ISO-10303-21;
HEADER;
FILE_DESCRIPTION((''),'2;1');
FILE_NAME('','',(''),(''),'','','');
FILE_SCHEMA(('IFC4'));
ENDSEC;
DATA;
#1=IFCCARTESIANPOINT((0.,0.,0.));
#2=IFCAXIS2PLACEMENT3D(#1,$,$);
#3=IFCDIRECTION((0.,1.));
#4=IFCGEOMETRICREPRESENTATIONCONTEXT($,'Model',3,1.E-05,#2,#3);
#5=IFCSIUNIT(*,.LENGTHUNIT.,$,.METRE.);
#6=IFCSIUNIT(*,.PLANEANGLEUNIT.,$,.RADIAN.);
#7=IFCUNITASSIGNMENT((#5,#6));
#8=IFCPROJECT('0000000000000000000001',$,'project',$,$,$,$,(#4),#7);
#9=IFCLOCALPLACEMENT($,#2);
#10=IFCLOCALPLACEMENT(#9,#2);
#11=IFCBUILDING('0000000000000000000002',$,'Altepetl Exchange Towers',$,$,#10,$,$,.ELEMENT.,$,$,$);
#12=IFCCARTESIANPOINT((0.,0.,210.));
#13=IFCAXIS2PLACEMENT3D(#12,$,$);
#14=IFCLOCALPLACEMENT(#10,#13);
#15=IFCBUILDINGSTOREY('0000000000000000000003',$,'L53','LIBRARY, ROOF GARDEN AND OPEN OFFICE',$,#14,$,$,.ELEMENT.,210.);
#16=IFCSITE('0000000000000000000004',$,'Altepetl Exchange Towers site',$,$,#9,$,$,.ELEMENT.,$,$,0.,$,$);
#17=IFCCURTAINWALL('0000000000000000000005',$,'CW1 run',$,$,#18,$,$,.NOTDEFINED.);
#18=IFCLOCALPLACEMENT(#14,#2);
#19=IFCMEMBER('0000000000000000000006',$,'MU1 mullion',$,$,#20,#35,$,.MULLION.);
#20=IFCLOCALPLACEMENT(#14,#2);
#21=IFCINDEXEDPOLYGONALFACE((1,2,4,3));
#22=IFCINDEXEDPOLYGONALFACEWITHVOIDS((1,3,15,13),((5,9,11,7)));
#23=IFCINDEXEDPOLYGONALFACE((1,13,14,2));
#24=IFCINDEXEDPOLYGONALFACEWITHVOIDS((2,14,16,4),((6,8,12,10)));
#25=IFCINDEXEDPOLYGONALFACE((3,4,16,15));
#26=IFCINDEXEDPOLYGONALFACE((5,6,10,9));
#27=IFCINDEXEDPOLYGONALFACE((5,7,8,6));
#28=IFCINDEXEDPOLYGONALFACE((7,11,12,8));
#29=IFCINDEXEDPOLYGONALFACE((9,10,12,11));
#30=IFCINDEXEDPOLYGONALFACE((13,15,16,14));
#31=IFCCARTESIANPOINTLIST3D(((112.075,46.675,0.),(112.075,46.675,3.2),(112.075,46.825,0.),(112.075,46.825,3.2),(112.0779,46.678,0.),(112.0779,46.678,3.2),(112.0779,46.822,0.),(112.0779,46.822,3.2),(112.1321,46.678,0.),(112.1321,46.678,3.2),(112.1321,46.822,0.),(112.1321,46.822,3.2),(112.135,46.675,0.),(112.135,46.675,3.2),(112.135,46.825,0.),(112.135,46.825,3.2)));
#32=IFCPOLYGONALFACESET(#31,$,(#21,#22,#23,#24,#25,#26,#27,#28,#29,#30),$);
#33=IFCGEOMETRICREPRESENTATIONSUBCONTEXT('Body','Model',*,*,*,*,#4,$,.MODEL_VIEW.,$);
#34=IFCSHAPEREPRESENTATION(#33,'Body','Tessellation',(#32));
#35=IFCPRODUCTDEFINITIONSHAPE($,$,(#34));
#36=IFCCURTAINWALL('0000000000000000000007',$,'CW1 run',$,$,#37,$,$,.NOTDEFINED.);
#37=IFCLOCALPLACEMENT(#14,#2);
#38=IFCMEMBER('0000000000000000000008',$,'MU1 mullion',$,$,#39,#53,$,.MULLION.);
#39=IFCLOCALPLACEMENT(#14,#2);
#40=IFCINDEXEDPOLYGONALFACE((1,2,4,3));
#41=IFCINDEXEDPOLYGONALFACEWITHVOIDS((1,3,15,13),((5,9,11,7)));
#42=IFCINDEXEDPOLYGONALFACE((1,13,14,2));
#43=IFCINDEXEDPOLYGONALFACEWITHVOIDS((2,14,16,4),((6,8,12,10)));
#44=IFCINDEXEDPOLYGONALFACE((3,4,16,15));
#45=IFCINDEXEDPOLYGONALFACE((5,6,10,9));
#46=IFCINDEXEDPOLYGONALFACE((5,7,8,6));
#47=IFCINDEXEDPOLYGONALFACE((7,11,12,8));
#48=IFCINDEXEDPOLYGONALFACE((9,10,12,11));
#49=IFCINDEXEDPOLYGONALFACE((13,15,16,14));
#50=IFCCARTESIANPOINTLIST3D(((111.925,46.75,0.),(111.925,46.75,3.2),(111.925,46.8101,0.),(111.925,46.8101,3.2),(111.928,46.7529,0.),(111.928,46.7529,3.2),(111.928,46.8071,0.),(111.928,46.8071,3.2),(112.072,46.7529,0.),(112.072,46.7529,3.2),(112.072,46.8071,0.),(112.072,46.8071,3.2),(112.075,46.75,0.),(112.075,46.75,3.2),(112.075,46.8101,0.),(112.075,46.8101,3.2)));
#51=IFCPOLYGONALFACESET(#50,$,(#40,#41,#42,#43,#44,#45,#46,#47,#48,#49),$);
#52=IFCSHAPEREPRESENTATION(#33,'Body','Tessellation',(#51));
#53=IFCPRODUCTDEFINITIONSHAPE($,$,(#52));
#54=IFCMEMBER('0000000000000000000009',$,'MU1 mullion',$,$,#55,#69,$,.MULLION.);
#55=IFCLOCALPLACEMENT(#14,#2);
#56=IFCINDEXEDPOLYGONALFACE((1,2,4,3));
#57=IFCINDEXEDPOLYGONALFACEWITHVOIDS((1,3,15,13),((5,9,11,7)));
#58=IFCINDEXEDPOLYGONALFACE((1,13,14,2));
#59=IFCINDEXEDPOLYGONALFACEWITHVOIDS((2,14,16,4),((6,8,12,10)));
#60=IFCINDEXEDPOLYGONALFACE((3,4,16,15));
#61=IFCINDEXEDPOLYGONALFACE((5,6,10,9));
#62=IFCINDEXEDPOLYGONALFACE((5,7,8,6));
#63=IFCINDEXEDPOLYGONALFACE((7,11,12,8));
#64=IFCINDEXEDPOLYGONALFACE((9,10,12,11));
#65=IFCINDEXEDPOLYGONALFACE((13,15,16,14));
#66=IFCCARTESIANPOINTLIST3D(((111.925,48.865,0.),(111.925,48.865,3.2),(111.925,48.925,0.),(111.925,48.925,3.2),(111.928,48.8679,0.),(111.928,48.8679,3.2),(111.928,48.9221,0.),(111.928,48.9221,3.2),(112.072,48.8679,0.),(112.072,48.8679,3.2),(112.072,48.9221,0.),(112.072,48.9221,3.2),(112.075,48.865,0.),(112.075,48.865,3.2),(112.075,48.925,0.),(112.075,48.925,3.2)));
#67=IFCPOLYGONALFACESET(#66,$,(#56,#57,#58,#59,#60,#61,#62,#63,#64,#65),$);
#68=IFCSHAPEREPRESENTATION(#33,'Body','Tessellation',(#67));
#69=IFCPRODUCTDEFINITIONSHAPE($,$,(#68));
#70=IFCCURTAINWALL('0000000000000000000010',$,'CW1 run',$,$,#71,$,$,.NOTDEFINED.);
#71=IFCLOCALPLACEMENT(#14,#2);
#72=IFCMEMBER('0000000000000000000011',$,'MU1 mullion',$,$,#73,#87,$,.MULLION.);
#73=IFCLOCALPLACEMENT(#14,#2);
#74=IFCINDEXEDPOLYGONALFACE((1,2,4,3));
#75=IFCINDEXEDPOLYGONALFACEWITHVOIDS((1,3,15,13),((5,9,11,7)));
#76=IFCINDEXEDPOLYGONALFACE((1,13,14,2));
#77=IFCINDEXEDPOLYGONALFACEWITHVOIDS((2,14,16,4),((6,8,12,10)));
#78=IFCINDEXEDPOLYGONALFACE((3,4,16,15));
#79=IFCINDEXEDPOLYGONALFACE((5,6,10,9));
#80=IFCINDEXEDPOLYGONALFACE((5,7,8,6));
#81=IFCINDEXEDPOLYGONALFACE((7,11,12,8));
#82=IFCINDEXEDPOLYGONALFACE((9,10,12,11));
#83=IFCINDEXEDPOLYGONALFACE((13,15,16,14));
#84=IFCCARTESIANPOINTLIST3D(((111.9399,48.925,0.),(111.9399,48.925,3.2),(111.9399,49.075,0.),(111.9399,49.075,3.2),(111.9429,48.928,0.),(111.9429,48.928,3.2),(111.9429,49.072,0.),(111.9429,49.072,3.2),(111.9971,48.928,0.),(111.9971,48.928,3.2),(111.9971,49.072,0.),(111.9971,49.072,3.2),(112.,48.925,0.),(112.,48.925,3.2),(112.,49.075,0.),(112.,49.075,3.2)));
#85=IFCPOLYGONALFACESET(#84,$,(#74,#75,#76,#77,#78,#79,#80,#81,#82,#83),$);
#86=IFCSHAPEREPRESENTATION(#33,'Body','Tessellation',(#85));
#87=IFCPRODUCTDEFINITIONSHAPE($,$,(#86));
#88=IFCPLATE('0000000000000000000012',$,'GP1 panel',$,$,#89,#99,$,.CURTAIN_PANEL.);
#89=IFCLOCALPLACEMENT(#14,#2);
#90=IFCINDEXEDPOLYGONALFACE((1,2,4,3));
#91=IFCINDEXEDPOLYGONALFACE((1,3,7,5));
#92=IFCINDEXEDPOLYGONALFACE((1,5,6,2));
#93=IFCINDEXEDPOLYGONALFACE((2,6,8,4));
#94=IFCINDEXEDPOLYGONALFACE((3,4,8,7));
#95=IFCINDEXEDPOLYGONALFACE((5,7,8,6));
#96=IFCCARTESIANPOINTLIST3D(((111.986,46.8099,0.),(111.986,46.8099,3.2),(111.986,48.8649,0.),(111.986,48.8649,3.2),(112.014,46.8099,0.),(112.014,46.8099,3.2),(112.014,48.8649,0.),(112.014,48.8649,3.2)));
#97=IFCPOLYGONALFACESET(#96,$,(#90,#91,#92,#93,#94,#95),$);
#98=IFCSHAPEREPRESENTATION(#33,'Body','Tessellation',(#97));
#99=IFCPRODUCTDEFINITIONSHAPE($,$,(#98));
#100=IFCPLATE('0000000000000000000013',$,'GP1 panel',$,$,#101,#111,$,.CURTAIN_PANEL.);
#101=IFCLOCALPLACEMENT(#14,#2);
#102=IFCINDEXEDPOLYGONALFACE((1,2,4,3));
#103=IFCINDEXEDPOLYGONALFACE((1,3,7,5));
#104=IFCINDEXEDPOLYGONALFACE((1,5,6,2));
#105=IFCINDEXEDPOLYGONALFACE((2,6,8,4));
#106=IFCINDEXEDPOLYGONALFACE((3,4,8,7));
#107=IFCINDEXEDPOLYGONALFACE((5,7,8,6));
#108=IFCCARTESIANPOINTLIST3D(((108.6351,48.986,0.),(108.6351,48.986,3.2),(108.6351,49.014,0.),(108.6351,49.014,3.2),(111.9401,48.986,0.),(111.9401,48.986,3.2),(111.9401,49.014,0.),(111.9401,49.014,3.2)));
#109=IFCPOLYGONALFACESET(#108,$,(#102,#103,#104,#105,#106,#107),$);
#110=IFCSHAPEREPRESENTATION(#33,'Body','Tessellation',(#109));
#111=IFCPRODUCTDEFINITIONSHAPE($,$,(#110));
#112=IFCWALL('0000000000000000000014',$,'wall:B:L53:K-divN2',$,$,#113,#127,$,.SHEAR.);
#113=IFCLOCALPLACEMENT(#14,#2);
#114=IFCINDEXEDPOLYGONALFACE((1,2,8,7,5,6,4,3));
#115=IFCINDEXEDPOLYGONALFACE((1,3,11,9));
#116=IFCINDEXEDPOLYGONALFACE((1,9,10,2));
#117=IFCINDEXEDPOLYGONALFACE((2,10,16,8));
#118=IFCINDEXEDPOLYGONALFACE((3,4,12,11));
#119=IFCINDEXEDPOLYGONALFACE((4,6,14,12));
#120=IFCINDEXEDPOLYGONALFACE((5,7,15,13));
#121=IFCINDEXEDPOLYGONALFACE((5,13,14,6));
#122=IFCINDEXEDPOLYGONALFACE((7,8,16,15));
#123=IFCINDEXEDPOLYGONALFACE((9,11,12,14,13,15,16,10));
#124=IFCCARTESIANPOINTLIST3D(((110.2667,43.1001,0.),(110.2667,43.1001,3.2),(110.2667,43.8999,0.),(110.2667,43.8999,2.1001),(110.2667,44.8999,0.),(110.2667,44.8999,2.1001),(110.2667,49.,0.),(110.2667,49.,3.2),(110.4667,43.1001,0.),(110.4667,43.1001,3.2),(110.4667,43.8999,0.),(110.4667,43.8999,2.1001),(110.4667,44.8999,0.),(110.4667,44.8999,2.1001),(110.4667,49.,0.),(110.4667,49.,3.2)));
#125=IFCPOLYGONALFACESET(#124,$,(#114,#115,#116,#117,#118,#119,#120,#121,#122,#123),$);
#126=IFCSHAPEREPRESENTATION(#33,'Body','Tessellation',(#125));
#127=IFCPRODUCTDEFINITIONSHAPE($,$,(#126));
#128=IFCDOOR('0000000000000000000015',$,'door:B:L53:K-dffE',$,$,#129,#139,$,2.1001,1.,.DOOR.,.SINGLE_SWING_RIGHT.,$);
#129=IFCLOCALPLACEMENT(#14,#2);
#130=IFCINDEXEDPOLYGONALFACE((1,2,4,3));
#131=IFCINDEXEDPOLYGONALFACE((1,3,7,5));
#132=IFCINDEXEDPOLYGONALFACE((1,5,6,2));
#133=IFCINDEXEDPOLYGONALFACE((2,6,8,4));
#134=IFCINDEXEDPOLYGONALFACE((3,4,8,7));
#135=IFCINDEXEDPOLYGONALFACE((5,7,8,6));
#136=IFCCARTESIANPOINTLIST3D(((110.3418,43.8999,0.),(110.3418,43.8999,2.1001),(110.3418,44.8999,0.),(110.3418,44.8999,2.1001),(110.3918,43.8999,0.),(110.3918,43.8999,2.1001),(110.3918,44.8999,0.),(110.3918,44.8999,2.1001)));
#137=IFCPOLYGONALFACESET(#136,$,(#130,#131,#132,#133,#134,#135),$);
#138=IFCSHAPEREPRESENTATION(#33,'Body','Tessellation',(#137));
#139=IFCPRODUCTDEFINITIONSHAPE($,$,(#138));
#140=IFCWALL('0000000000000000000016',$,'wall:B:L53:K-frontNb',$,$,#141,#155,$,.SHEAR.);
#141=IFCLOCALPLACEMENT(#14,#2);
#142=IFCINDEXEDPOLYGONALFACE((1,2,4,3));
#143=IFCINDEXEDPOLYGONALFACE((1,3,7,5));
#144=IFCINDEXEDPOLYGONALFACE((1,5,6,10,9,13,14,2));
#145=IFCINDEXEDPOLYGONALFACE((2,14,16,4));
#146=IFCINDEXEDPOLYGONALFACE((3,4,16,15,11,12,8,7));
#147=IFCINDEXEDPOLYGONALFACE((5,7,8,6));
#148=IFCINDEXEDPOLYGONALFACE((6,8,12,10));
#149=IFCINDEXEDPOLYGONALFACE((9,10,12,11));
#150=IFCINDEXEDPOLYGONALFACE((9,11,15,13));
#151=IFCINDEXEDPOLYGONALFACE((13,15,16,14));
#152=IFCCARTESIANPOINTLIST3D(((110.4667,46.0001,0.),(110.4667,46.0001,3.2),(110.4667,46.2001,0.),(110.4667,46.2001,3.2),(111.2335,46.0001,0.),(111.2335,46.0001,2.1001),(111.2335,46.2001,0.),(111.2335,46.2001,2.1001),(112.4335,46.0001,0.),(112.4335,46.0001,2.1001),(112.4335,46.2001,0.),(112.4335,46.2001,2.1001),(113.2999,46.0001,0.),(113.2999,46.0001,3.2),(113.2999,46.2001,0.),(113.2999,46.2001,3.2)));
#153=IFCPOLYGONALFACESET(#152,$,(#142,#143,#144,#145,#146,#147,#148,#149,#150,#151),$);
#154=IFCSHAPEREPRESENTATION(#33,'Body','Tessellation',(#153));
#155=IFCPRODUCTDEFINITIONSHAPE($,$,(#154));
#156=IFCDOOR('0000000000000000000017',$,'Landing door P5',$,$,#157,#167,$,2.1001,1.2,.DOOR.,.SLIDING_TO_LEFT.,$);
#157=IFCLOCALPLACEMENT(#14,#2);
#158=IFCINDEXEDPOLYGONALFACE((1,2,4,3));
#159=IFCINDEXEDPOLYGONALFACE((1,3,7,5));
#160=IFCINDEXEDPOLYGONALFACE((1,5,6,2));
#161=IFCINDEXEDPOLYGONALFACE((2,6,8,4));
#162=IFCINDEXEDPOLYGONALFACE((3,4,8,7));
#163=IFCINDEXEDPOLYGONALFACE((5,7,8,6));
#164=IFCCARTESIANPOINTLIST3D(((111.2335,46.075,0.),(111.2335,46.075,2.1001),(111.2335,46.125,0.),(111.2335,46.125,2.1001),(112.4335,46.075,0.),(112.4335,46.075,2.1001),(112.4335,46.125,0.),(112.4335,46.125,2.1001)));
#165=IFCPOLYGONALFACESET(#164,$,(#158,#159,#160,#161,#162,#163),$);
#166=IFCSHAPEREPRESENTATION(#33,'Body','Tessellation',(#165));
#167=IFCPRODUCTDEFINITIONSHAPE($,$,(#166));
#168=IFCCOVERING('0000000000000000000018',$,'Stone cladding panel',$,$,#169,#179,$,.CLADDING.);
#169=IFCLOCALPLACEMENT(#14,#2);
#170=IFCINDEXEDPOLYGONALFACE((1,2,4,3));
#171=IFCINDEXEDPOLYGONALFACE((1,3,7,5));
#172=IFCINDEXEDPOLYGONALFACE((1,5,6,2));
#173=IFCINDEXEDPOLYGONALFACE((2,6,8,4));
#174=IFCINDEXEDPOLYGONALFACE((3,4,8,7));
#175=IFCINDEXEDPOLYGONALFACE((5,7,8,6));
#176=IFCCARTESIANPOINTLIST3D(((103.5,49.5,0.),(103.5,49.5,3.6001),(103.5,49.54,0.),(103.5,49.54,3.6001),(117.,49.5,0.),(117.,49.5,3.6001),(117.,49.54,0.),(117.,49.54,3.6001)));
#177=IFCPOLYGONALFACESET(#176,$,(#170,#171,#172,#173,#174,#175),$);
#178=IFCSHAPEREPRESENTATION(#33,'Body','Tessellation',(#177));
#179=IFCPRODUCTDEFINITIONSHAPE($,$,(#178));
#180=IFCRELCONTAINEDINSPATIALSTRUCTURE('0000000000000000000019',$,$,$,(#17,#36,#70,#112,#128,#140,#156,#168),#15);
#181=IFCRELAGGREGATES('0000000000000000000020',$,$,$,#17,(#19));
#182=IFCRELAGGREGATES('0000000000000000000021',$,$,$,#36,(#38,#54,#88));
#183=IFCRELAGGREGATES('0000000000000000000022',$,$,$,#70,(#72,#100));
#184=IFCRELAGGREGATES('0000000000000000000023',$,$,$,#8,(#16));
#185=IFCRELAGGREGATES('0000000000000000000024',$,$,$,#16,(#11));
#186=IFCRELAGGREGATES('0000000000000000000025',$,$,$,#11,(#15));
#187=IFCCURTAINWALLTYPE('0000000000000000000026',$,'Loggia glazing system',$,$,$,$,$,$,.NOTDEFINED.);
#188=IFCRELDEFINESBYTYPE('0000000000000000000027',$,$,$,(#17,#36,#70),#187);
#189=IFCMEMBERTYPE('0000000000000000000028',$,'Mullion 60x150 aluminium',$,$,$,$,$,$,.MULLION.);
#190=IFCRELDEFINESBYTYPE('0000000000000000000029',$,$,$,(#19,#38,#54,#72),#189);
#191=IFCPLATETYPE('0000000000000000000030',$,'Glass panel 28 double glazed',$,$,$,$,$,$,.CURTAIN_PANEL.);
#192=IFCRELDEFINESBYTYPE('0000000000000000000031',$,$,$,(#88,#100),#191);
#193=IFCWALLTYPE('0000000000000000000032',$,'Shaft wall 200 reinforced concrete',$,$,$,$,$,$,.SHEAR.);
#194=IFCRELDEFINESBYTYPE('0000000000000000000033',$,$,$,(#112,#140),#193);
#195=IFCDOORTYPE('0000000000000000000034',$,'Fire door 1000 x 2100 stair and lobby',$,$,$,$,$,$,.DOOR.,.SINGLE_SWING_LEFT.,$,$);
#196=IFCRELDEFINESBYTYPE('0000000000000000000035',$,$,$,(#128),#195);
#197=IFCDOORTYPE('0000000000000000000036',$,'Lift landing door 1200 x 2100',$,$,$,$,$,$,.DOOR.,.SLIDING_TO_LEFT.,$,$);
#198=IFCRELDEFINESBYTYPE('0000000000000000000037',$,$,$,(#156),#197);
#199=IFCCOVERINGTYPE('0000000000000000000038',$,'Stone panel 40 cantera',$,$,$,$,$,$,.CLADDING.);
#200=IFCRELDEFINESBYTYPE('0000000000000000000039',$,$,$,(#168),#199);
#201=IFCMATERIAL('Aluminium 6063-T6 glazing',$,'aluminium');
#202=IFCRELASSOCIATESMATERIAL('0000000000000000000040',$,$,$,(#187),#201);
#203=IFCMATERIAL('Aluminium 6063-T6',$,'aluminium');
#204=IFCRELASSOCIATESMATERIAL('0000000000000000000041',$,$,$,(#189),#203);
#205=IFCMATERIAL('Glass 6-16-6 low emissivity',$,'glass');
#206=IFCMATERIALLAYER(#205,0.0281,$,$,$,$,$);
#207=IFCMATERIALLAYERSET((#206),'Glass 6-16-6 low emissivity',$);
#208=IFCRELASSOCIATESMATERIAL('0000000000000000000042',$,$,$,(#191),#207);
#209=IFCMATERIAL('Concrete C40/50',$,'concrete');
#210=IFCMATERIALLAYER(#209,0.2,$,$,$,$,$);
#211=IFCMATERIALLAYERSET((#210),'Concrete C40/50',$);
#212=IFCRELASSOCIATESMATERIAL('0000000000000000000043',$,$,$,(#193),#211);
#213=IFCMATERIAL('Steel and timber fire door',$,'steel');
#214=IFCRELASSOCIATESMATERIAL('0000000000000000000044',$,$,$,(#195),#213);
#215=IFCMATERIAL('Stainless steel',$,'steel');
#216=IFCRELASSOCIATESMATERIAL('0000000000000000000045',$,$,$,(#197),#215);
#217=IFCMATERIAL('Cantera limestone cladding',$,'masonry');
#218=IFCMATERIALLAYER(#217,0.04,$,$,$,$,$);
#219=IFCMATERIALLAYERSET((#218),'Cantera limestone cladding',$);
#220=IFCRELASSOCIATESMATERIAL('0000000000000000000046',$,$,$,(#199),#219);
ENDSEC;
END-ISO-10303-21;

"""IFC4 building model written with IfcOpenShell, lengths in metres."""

from ifc_helpers import new_model, si_unit, direction, frame, frame_2d, origin, origin_2d, place, context, subcontext, project, spatial, rectangle, hollow_rectangle, extrude, material, layer, layer_set, material_profile, profile_set, type_object, element, fill, aggregate, save


model = new_model("IFC4")

# Units and contexts
model_context = context("Model", 3, precision=1e-05, world=origin(), true_north=direction((0.0, 1.0)))
body_context = subcontext(model_context, "Body", "Model", "MODEL_VIEW")
ifc_project = project(units=[si_unit("LENGTHUNIT", "METRE"), si_unit("PLANEANGLEUNIT", "RADIAN")], contexts=[model_context])

# Site, building, storey
site_placement = place(None, origin())
site = spatial("IfcSite", under=ifc_project, at=site_placement, Name="Altepetl Exchange Towers site", CompositionType="ELEMENT", RefElevation=0.0)
building_placement = place(site_placement, origin())
building = spatial("IfcBuilding", under=site, at=building_placement, Name="Altepetl Exchange Towers", CompositionType="ELEMENT")
storey_placement = place(building_placement, frame((0.0, 0.0, 210.0)))
storey = spatial("IfcBuildingStorey", under=building, at=storey_placement, Name="L53", Description="LIBRARY, ROOF GARDEN AND OPEN OFFICE", CompositionType="ELEMENT", Elevation=210.0)

# Curtain wall, member
ifc_material_1 = material(Name="Aluminium 6063-T6 glazing", Category="aluminium")
curtain_wall_type = type_object("IfcCurtainWallType", Name="Loggia glazing system", PredefinedType="NOTDEFINED", material=ifc_material_1)
curtain_wall_1_placement = place(storey_placement, origin())
curtain_wall_1 = element("IfcCurtainWall", 1, at=curtain_wall_1_placement, inside=storey, type_object=curtain_wall_type, Name="CW1 run", PredefinedType="NOTDEFINED")
ifc_material_2 = material(Name="Aluminium 6063-T6", Category="aluminium")
ifc_material_profile_1 = material_profile(ifc_material_2, hollow_rectangle(XDim=0.0601, YDim=0.1499, WallThickness=0.0029, at=origin_2d()), Name="Mullion 60x150 aluminium")
ifc_profile_set_1 = profile_set([ifc_material_profile_1], Name="Aluminium 6063-T6")
member_type_1 = type_object("IfcMemberType", Name="Mullion 60x150 aluminium", PredefinedType="MULLION", material=ifc_profile_set_1)
member_1_placement = place(storey_placement, frame((112.105, 46.75, 0.0), z_axis=(0.0, 0.0, 1.0), x_axis=(-1.0, 0.0, 0.0)))
member_1 = element("IfcMember", 2, at=member_1_placement, type_object=member_type_1, Name="MU1 mullion", PredefinedType="MULLION", context=body_context, shape_type="SweptSolid", body=[
    extrude(hollow_rectangle(XDim=0.0601, YDim=0.1499, WallThickness=0.0029, at=origin_2d()), origin(), (0.0, 0.0, 1.0), 3.2),
])
aggregate(curtain_wall_1, [member_1])

# Curtain wall, members
curtain_wall_2_placement = place(storey_placement, origin())
curtain_wall_2 = element("IfcCurtainWall", 3, at=curtain_wall_2_placement, inside=storey, type_object=curtain_wall_type, Name="CW1 run", PredefinedType="NOTDEFINED")
member_2_placement = place(storey_placement, frame((112.0, 46.78, 0.0), z_axis=(0.0, 0.0, 1.0), x_axis=(0.0, 1.0, 0.0)))
member_2 = element("IfcMember", 4, at=member_2_placement, type_object=member_type_1, Name="MU1 mullion", PredefinedType="MULLION", context=body_context, shape_type="SweptSolid", body=[
    extrude(hollow_rectangle(XDim=0.0601, YDim=0.1499, WallThickness=0.0029, at=origin_2d()), origin(), (0.0, 0.0, 1.0), 3.2),
])
member_3_placement = place(storey_placement, frame((112.0, 48.895, 0.0), z_axis=(0.0, 0.0, 1.0), x_axis=(0.0, 1.0, 0.0)))
member_3 = element("IfcMember", 5, at=member_3_placement, type_object=member_type_1, Name="MU1 mullion", PredefinedType="MULLION", context=body_context, shape_type="SweptSolid", body=[
    extrude(hollow_rectangle(XDim=0.0601, YDim=0.1499, WallThickness=0.0029, at=origin_2d()), origin(), (0.0, 0.0, 1.0), 3.2),
])

# Curtain wall, member
curtain_wall_3_placement = place(storey_placement, origin())
curtain_wall_3 = element("IfcCurtainWall", 6, at=curtain_wall_3_placement, inside=storey, type_object=curtain_wall_type, Name="CW1 run", PredefinedType="NOTDEFINED")
member_4_placement = place(storey_placement, frame((111.97, 49.0, 0.0), z_axis=(0.0, 0.0, 1.0), x_axis=(-1.0, 0.0, 0.0)))
member_4 = element("IfcMember", 7, at=member_4_placement, type_object=member_type_1, Name="MU1 mullion", PredefinedType="MULLION", context=body_context, shape_type="SweptSolid", body=[
    extrude(hollow_rectangle(XDim=0.0601, YDim=0.1499, WallThickness=0.0029, at=origin_2d()), origin(), (0.0, 0.0, 1.0), 3.2),
])

# Plates
ifc_material_3 = material(Name="Glass 6-16-6 low emissivity", Category="glass")
ifc_layer_1 = layer(ifc_material_3, 0.0281)
ifc_layer_set_1 = layer_set([ifc_layer_1], Name="Glass 6-16-6 low emissivity")
plate_type = type_object("IfcPlateType", Name="Glass panel 28 double glazed", PredefinedType="CURTAIN_PANEL", material=ifc_layer_set_1)
plate_1_placement = place(storey_placement, frame((112.0, 47.8374, 0.0), z_axis=(0.0, 0.0, 1.0), x_axis=(0.0, 1.0, 0.0)))
plate_1 = element("IfcPlate", 8, at=plate_1_placement, type_object=plate_type, Name="GP1 panel", PredefinedType="CURTAIN_PANEL", context=body_context, shape_type="SweptSolid", body=[
    extrude(rectangle(XDim=2.0549, YDim=0.0281, at=origin_2d()), origin(), (0.0, 0.0, 1.0), 3.2),
])
aggregate(curtain_wall_2, [member_2, member_3, plate_1])
plate_2_placement = place(storey_placement, frame((110.2876, 49.0, 0.0), z_axis=(0.0, 0.0, 1.0), x_axis=(-1.0, 0.0, 0.0)))
plate_2 = element("IfcPlate", 9, at=plate_2_placement, type_object=plate_type, Name="GP1 panel", PredefinedType="CURTAIN_PANEL", context=body_context, shape_type="SweptSolid", body=[
    extrude(rectangle(XDim=3.3049, YDim=0.0281, at=origin_2d()), origin(), (0.0, 0.0, 1.0), 3.2),
])
aggregate(curtain_wall_3, [member_4, plate_2])

# Walls, openings, doors
ifc_material_4 = material(Name="Concrete C40/50", Category="concrete")
ifc_layer_2 = layer(ifc_material_4, 0.2)
ifc_layer_set_2 = layer_set([ifc_layer_2], Name="Concrete C40/50")
wall_type = type_object("IfcWallType", Name="Shaft wall 200 reinforced concrete", PredefinedType="SHEAR", material=ifc_layer_set_2)
wall_1_placement = place(storey_placement, frame((110.3667, 49.0, 0.0), z_axis=(0.0, 0.0, 1.0), x_axis=(0.0, -1.0, 0.0)))
wall_1 = element("IfcWall", 10, at=wall_1_placement, inside=storey, type_object=wall_type, Name="wall:B:L53:K-divN2", PredefinedType="SHEAR", context=body_context, shape_type="SweptSolid", body=[
    extrude(rectangle(XDim=5.8999, YDim=0.2, at=frame_2d((2.95, 0.0))), origin(), (0.0, 0.0, 1.0), 3.2),
])
opening_1_placement = place(wall_1_placement, frame((4.1001, 0.0, 0.0)))
opening_1 = element("IfcOpeningElement", 11, at=opening_1_placement, cuts=wall_1, PredefinedType="OPENING", context=body_context, shape_type="SweptSolid", body=[
    extrude(rectangle(XDim=1.0, YDim=2.1001, at=frame_2d((0.5, 1.05))), frame((0.0, 0.1099, 0.0), z_axis=(0.0, -1.0, 0.0), x_axis=(1.0, 0.0, 0.0)), (0.0, 0.0, 1.0), 0.22),
])
ifc_material_5 = material(Name="Steel and timber fire door", Category="steel")
door_type_1 = type_object("IfcDoorType", Name="Fire door 1000 x 2100 stair and lobby", OperationType="SINGLE_SWING_LEFT", PredefinedType="DOOR", material=ifc_material_5)
door_1_placement = place(opening_1_placement, frame((1.0, 0.0, 0.0), x_axis=(-1.0, 0.0, 0.0)))
door_1 = element("IfcDoor", 12, at=door_1_placement, inside=storey, type_object=door_type_1, Name="door:B:L53:K-dffE", OperationType="SINGLE_SWING_RIGHT", OverallHeight=2.1001, OverallWidth=1.0, PredefinedType="DOOR", context=body_context, shape_type="SweptSolid", body=[
    extrude(rectangle(XDim=1.0, YDim=2.1001, at=frame_2d((0.5, 1.05))), frame((0.0, 0.0249, 0.0), z_axis=(0.0, -1.0, 0.0), x_axis=(1.0, 0.0, 0.0)), (0.0, 0.0, 1.0), 0.05),
])
fill(opening_1, door_1)
wall_2_placement = place(storey_placement, frame((110.4668, 46.1001, 0.0)))
wall_2 = element("IfcWall", 13, at=wall_2_placement, inside=storey, type_object=wall_type, Name="wall:B:L53:K-frontNb", PredefinedType="SHEAR", context=body_context, shape_type="SweptSolid", body=[
    extrude(rectangle(XDim=2.8333, YDim=0.2, at=frame_2d((1.4165, 0.0))), origin(), (0.0, 0.0, 1.0), 3.2),
])
opening_2_placement = place(wall_2_placement, frame((0.7666, 0.0, 0.0)))
opening_2 = element("IfcOpeningElement", 14, at=opening_2_placement, cuts=wall_2, PredefinedType="OPENING", context=body_context, shape_type="SweptSolid", body=[
    extrude(rectangle(XDim=1.2, YDim=2.1001, at=frame_2d((0.6001, 1.05))), frame((0.0, 0.1099, 0.0), z_axis=(0.0, -1.0, 0.0), x_axis=(1.0, 0.0, 0.0)), (0.0, 0.0, 1.0), 0.22),
])
ifc_material_6 = material(Name="Stainless steel", Category="steel")
door_type_2 = type_object("IfcDoorType", Name="Lift landing door 1200 x 2100", OperationType="SLIDING_TO_LEFT", PredefinedType="DOOR", material=ifc_material_6)
door_2_placement = place(opening_2_placement, origin())
door_2 = element("IfcDoor", 15, at=door_2_placement, inside=storey, type_object=door_type_2, Name="Landing door P5", OperationType="SLIDING_TO_LEFT", OverallHeight=2.1001, OverallWidth=1.2, PredefinedType="DOOR", context=body_context, shape_type="SweptSolid", body=[
    extrude(rectangle(XDim=1.2, YDim=2.1001, at=frame_2d((0.6001, 1.05))), frame((0.0, 0.0249, 0.0), z_axis=(0.0, -1.0, 0.0), x_axis=(1.0, 0.0, 0.0)), (0.0, 0.0, 1.0), 0.05),
])
fill(opening_2, door_2)

# Covering
ifc_material_7 = material(Name="Cantera limestone cladding", Category="masonry")
ifc_layer_3 = layer(ifc_material_7, 0.04)
ifc_layer_set_3 = layer_set([ifc_layer_3], Name="Cantera limestone cladding")
covering_type = type_object("IfcCoveringType", Name="Stone panel 40 cantera", PredefinedType="CLADDING", material=ifc_layer_set_3)
covering_placement = place(storey_placement, frame((110.25, 49.52, 0.0), z_axis=(0.0, 0.0, 1.0), x_axis=(-1.0, 0.0, 0.0)))
element("IfcCovering", 16, at=covering_placement, inside=storey, type_object=covering_type, Name="Stone cladding panel", PredefinedType="CLADDING", context=body_context, shape_type="SweptSolid", body=[
    extrude(rectangle(XDim=13.5, YDim=0.04, at=origin_2d()), origin(), (0.0, 0.0, 1.0), 3.6001),
])

save(model, "model.ifc")
